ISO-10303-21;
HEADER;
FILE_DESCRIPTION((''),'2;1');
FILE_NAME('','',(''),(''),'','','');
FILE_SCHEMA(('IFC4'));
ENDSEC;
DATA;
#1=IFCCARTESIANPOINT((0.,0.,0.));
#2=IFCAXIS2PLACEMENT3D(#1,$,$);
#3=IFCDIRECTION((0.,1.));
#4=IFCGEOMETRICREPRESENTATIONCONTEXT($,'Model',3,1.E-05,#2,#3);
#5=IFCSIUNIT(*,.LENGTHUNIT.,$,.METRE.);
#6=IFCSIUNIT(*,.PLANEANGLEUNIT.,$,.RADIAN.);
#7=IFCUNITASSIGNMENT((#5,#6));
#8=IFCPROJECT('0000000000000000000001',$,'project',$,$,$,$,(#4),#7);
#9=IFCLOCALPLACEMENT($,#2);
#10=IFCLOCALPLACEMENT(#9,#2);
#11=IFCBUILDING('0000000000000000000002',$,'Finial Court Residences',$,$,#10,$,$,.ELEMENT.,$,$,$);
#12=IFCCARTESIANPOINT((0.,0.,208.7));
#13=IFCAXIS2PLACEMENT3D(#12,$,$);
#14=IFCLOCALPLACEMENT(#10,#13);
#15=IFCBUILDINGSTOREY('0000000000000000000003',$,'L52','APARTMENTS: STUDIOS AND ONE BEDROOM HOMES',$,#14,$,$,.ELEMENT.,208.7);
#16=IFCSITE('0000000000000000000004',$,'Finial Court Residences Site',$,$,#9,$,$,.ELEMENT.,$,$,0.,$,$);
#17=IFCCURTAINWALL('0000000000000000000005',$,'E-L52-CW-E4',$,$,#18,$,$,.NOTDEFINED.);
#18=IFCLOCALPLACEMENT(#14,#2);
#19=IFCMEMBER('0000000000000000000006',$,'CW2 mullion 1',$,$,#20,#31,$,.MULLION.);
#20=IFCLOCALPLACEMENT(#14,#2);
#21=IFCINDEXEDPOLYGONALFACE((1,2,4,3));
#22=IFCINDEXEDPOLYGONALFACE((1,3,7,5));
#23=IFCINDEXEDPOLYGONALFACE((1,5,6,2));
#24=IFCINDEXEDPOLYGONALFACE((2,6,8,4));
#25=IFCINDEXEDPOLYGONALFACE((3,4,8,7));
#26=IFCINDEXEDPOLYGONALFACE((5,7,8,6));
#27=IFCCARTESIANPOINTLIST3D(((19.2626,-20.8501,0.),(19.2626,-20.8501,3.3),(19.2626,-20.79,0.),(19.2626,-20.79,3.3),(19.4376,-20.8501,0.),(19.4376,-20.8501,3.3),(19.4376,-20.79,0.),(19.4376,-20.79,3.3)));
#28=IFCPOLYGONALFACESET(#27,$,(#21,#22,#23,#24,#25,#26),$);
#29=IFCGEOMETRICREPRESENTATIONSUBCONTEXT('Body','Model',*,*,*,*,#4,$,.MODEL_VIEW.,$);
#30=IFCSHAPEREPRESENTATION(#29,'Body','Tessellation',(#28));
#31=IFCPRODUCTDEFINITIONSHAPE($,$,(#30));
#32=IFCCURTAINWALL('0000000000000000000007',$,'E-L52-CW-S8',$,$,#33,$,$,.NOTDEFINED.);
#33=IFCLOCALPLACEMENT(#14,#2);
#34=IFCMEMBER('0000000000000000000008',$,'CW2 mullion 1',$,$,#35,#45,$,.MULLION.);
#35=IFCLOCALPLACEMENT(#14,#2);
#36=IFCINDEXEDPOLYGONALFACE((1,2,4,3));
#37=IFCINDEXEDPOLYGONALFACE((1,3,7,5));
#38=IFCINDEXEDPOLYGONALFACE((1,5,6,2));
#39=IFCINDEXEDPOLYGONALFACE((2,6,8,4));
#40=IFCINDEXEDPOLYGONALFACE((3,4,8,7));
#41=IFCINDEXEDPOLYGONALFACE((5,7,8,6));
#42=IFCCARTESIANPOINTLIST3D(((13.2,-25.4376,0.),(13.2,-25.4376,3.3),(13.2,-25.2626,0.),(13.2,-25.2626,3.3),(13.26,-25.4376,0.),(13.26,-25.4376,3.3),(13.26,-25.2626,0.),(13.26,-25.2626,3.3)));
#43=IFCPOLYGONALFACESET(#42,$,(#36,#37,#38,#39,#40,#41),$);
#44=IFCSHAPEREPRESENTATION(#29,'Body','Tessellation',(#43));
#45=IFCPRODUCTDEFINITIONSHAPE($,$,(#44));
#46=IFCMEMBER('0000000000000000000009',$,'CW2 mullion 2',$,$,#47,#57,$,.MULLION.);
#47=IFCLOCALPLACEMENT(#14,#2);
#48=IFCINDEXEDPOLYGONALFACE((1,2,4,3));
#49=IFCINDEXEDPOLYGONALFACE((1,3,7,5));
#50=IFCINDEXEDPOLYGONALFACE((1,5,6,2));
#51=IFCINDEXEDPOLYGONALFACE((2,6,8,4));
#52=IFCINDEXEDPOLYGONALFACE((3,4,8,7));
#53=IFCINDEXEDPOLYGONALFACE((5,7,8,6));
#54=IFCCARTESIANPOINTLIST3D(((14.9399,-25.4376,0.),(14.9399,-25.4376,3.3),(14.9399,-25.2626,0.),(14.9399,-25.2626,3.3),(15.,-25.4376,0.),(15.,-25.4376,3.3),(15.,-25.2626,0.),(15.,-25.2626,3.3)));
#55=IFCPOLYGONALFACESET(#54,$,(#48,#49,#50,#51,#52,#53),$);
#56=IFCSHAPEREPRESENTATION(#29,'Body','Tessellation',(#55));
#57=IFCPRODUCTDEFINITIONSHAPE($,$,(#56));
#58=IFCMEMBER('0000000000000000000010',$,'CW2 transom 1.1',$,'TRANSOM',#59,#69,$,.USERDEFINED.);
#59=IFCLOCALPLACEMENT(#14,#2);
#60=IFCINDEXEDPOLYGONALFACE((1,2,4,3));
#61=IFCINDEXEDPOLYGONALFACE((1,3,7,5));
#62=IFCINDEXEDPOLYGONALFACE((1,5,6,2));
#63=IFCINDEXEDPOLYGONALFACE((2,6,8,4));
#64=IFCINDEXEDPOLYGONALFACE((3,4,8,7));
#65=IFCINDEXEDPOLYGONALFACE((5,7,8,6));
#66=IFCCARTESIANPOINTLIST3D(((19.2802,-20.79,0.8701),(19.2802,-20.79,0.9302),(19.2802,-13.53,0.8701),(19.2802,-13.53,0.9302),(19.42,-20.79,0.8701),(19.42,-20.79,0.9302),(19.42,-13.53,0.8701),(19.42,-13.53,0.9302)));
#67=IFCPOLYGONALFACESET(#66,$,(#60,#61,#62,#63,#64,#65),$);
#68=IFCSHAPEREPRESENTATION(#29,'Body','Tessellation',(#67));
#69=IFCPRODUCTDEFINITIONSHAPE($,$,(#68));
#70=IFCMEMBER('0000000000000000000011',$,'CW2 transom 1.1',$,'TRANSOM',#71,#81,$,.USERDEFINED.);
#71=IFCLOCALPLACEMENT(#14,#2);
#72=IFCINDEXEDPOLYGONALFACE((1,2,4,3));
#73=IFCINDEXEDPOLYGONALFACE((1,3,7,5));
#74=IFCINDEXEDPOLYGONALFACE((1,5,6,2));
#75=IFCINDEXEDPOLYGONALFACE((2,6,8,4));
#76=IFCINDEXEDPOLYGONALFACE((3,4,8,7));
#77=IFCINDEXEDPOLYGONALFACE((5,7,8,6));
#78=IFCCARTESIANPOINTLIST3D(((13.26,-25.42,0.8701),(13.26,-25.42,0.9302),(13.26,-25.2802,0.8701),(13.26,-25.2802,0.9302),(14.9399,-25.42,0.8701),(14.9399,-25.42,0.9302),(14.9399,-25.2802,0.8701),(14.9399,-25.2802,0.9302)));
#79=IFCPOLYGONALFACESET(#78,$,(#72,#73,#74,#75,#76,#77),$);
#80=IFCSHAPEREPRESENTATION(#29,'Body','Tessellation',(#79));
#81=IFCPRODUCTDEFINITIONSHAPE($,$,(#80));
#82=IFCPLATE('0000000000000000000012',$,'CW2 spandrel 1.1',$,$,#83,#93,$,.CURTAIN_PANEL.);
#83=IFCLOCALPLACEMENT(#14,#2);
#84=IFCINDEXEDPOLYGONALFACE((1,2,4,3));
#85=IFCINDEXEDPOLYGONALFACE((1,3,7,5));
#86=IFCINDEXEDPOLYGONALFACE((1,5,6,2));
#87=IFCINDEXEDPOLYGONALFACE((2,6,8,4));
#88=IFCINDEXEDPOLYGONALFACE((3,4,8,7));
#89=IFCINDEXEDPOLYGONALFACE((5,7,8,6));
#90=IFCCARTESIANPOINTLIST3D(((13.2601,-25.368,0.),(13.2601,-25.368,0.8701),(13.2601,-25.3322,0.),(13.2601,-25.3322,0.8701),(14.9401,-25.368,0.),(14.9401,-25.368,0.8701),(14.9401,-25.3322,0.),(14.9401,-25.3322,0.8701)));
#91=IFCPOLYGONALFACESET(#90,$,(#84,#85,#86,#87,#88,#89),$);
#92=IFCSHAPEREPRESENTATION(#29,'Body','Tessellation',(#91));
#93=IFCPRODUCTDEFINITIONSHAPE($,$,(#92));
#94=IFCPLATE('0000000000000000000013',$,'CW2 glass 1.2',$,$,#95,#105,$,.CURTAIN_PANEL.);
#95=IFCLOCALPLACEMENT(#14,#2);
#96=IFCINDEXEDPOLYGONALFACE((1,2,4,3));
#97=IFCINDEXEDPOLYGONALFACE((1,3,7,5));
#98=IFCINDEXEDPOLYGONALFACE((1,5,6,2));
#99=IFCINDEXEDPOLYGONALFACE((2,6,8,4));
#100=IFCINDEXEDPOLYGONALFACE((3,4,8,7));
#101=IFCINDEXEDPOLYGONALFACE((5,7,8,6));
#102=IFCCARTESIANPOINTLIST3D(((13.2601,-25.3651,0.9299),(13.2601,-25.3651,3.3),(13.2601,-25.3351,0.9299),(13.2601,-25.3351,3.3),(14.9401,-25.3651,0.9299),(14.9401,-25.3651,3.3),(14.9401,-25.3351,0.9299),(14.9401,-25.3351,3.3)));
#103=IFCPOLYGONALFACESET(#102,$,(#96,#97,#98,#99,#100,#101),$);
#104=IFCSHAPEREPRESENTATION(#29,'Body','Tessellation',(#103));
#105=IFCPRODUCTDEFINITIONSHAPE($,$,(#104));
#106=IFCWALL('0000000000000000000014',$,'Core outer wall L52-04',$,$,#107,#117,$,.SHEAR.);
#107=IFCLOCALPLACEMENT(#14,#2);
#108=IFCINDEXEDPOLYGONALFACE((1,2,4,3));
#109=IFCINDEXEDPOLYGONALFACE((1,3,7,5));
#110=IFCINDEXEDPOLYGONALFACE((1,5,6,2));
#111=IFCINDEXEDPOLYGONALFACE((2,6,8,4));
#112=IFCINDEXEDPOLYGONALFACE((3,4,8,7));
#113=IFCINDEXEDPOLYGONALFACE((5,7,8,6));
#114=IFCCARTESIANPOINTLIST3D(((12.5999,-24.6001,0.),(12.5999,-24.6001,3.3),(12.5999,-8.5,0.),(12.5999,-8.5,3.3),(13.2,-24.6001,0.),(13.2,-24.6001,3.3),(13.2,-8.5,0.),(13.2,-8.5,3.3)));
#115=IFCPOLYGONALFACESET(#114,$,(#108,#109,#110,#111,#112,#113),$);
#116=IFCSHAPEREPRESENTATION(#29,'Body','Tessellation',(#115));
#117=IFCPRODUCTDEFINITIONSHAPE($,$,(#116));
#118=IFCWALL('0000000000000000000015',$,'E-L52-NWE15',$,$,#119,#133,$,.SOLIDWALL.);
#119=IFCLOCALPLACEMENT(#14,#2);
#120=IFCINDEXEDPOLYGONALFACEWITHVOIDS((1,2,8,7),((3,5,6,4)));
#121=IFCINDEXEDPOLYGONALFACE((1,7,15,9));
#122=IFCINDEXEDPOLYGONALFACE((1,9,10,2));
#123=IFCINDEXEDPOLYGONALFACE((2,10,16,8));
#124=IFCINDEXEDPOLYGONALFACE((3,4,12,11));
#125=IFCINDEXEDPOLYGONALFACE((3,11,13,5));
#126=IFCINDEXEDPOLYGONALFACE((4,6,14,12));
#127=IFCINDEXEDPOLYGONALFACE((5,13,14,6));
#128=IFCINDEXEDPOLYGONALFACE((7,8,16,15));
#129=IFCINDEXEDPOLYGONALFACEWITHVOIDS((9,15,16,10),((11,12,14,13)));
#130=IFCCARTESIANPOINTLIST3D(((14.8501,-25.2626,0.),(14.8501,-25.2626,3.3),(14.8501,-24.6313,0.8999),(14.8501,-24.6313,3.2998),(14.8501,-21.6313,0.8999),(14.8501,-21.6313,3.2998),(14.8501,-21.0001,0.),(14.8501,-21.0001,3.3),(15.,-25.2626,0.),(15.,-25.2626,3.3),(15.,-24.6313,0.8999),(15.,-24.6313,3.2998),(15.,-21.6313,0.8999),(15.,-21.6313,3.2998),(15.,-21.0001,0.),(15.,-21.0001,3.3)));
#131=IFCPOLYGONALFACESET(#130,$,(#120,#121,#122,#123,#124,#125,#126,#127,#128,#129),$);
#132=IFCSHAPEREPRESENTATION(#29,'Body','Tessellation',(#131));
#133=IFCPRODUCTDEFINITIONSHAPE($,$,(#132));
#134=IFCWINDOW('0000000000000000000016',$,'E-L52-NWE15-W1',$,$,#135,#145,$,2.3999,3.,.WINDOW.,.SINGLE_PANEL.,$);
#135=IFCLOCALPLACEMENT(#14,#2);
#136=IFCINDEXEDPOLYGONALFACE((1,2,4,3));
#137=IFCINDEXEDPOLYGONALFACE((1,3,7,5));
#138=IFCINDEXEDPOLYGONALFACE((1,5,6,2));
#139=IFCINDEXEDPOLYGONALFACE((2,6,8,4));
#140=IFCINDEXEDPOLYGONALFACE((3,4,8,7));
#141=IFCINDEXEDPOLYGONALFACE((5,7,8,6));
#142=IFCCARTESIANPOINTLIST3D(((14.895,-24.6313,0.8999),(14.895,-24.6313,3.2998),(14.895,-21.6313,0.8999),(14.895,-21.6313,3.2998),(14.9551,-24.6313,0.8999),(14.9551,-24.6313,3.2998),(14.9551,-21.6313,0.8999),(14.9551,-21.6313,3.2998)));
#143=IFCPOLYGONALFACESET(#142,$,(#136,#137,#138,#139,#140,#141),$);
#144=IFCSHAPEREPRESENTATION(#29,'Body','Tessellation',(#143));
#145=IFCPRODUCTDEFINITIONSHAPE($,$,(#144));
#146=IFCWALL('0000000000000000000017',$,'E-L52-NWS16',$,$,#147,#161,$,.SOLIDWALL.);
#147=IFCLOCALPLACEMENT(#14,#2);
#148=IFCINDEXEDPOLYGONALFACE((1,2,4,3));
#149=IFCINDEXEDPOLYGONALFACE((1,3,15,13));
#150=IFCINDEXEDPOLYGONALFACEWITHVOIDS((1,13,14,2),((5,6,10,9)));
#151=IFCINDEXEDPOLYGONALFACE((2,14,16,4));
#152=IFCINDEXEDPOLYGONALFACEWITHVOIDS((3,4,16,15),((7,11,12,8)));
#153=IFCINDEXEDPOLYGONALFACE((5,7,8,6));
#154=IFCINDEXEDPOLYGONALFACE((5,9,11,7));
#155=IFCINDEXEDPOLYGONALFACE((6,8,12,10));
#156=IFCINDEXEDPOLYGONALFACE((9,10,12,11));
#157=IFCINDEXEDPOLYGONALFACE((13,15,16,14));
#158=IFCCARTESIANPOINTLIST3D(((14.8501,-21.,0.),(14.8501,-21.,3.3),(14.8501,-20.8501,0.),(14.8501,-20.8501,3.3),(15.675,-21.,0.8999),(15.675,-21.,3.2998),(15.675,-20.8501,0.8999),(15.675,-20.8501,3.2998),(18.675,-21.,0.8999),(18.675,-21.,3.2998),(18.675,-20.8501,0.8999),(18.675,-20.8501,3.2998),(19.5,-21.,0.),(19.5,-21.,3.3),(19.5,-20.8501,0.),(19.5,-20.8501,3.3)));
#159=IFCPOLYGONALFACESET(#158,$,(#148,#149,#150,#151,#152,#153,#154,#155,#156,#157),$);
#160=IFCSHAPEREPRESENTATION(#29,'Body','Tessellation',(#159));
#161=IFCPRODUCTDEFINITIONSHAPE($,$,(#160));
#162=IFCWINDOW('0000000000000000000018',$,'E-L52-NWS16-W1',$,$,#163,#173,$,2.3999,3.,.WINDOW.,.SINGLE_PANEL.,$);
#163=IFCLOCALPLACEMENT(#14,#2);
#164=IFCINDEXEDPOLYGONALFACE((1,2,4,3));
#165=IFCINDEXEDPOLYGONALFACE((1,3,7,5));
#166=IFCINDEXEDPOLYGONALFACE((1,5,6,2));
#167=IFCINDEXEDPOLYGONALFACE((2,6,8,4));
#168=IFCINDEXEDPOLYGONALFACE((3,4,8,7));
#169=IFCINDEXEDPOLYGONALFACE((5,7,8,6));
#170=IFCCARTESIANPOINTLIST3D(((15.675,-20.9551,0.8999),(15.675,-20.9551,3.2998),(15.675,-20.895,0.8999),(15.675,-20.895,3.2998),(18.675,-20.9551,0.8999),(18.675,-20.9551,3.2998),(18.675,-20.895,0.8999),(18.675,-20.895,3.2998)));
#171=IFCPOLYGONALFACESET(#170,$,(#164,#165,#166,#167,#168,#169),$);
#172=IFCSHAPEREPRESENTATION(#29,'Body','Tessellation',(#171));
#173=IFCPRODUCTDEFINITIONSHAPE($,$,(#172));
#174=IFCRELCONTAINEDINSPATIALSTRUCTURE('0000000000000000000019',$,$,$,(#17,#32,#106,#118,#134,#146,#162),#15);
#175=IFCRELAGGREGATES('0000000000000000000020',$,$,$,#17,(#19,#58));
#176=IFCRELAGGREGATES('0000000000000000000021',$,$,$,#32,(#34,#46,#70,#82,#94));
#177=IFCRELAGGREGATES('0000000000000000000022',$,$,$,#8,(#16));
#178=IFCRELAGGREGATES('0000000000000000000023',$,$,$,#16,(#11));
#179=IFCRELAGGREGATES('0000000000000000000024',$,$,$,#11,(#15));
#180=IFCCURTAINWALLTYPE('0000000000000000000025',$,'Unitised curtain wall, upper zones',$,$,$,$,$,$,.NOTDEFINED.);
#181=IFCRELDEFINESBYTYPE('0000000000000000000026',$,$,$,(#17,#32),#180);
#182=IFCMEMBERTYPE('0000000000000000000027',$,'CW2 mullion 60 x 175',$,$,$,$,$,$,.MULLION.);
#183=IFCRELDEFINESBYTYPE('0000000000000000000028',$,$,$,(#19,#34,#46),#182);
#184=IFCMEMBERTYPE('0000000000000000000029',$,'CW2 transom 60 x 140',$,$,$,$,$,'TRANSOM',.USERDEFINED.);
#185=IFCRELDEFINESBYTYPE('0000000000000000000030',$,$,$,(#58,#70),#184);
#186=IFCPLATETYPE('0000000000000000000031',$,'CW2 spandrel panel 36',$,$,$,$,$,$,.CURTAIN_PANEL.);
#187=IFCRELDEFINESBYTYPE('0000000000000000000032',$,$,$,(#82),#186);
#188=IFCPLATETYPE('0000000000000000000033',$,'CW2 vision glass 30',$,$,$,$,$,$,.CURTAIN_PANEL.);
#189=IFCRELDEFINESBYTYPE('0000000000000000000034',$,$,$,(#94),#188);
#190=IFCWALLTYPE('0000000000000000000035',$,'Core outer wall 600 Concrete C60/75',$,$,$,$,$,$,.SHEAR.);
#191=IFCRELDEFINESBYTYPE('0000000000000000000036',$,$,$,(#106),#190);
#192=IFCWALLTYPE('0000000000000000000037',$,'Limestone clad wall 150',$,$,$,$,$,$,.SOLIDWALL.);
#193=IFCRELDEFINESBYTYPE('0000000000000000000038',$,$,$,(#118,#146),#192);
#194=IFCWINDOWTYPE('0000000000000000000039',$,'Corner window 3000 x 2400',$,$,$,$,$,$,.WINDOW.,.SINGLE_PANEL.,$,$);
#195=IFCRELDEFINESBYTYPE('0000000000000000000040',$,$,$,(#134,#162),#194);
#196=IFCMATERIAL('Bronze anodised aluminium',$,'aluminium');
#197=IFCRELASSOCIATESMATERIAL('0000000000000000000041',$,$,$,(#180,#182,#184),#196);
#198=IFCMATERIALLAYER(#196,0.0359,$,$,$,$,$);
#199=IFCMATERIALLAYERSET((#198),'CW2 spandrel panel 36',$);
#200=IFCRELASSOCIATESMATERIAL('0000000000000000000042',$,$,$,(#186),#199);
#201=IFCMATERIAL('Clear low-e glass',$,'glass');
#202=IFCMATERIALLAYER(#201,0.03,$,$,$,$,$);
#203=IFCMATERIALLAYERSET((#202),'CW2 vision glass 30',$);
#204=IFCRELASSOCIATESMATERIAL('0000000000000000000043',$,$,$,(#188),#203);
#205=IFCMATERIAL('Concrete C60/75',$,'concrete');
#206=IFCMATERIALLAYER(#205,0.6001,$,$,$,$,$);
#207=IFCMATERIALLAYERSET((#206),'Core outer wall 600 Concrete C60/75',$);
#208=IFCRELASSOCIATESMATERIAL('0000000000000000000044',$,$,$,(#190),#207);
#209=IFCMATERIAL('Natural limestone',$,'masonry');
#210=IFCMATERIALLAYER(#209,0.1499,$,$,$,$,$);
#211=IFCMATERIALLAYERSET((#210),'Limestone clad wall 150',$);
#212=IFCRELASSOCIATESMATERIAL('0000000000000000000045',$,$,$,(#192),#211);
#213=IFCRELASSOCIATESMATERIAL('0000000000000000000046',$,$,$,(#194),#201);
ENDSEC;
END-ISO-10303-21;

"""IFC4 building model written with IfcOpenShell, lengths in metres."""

from ifc_helpers import new_model, si_unit, direction, frame, frame_2d, origin, origin_2d, place, context, subcontext, project, spatial, rectangle, extrude, material, layer, layer_set, material_profile, profile_set, type_object, element, fill, aggregate, save


model = new_model("IFC4")

# Units and contexts
model_context = context("Model", 3, precision=1e-05, world=origin(), true_north=direction((0.0, 1.0)))
body_context = subcontext(model_context, "Body", "Model", "MODEL_VIEW")
ifc_project = project(units=[si_unit("LENGTHUNIT", "METRE"), si_unit("PLANEANGLEUNIT", "RADIAN")], contexts=[model_context])

# Site, building, storey
site_placement = place(None, origin())
site = spatial("IfcSite", under=ifc_project, at=site_placement, Name="Finial Court Residences Site", CompositionType="ELEMENT", RefElevation=0.0)
building_placement = place(site_placement, origin())
building = spatial("IfcBuilding", under=site, at=building_placement, Name="Finial Court Residences", CompositionType="ELEMENT")
storey_placement = place(building_placement, frame((0.0, 0.0, 208.7)))
storey = spatial("IfcBuildingStorey", under=building, at=storey_placement, Name="L52", Description="APARTMENTS: STUDIOS AND ONE BEDROOM HOMES", CompositionType="ELEMENT", Elevation=208.7)

# Curtain wall, member
ifc_material_1 = material(Name="Bronze anodised aluminium", Category="aluminium")
curtain_wall_type = type_object("IfcCurtainWallType", Name="Unitised curtain wall, upper zones", PredefinedType="NOTDEFINED", material=ifc_material_1)
curtain_wall_1_placement = place(storey_placement, origin())
curtain_wall_1 = element("IfcCurtainWall", 1, at=curtain_wall_1_placement, inside=storey, type_object=curtain_wall_type, Name="E-L52-CW-E4", PredefinedType="NOTDEFINED")
ifc_material_profile_1 = material_profile(ifc_material_1, rectangle(XDim=0.175, YDim=0.0601, at=origin_2d()), Name="CW2 mullion 60 x 175")
ifc_profile_set_1 = profile_set([ifc_material_profile_1], Name="Bronze anodised aluminium")
member_type_1 = type_object("IfcMemberType", Name="CW2 mullion 60 x 175", PredefinedType="MULLION", material=ifc_profile_set_1)
member_1_placement = place(storey_placement, frame((19.3501, -20.8201, 0.0), z_axis=(0.0, 0.0, 1.0), x_axis=(-1.0, 0.0, 0.0)))
member_1 = element("IfcMember", 2, at=member_1_placement, type_object=member_type_1, Name="CW2 mullion 1", PredefinedType="MULLION", context=body_context, shape_type="SweptSolid", body=[
    extrude(rectangle(XDim=0.175, YDim=0.0601, at=origin_2d()), origin(), (0.0, 0.0, 1.0), 3.3),
])

# Curtain wall, members
curtain_wall_2_placement = place(storey_placement, origin())
curtain_wall_2 = element("IfcCurtainWall", 3, at=curtain_wall_2_placement, inside=storey, type_object=curtain_wall_type, Name="E-L52-CW-S8", PredefinedType="NOTDEFINED")
member_2_placement = place(storey_placement, frame((13.23, -25.3501, 0.0), z_axis=(0.0, 0.0, 1.0), x_axis=(0.0, 1.0, 0.0)))
member_2 = element("IfcMember", 4, at=member_2_placement, type_object=member_type_1, Name="CW2 mullion 1", PredefinedType="MULLION", context=body_context, shape_type="SweptSolid", body=[
    extrude(rectangle(XDim=0.175, YDim=0.0601, at=origin_2d()), origin(), (0.0, 0.0, 1.0), 3.3),
])
member_3_placement = place(storey_placement, frame((14.97, -25.3501, 0.0), z_axis=(0.0, 0.0, 1.0), x_axis=(0.0, 1.0, 0.0)))
member_3 = element("IfcMember", 5, at=member_3_placement, type_object=member_type_1, Name="CW2 mullion 2", PredefinedType="MULLION", context=body_context, shape_type="SweptSolid", body=[
    extrude(rectangle(XDim=0.175, YDim=0.0601, at=origin_2d()), origin(), (0.0, 0.0, 1.0), 3.3),
])

# Members
ifc_material_profile_2 = material_profile(ifc_material_1, rectangle(XDim=0.1399, YDim=0.0601, at=origin_2d()), Name="CW2 transom 60 x 140")
ifc_profile_set_2 = profile_set([ifc_material_profile_2], Name="Bronze anodised aluminium")
member_type_2 = type_object("IfcMemberType", Name="CW2 transom 60 x 140", ElementType="TRANSOM", PredefinedType="USERDEFINED", material=ifc_profile_set_2)
member_4_placement = place(storey_placement, frame((19.3501, -20.79, 0.9001), z_axis=(0.0, 1.0, 0.0), x_axis=(-1.0, 0.0, 0.0)))
member_4 = element("IfcMember", 6, at=member_4_placement, type_object=member_type_2, Name="CW2 transom 1.1", ObjectType="TRANSOM", PredefinedType="USERDEFINED", context=body_context, shape_type="SweptSolid", body=[
    extrude(rectangle(XDim=0.1399, YDim=0.0601, at=origin_2d()), origin(), (0.0, 0.0, 1.0), 7.26),
])
aggregate(curtain_wall_1, [member_1, member_4])
member_5_placement = place(storey_placement, frame((13.26, -25.3501, 0.9001), z_axis=(1.0, 0.0, 0.0), x_axis=(0.0, 1.0, 0.0)))
member_5 = element("IfcMember", 7, at=member_5_placement, type_object=member_type_2, Name="CW2 transom 1.1", ObjectType="TRANSOM", PredefinedType="USERDEFINED", context=body_context, shape_type="SweptSolid", body=[
    extrude(rectangle(XDim=0.1399, YDim=0.0601, at=origin_2d()), origin(), (0.0, 0.0, 1.0), 1.6799),
])

# Plates
ifc_layer_1 = layer(ifc_material_1, 0.0359)
ifc_layer_set_1 = layer_set([ifc_layer_1], Name="CW2 spandrel panel 36")
plate_type_1 = type_object("IfcPlateType", Name="CW2 spandrel panel 36", PredefinedType="CURTAIN_PANEL", material=ifc_layer_set_1)
plate_1_placement = place(storey_placement, frame((14.1001, -25.3501, 0.0), z_axis=(0.0, 0.0, 1.0), x_axis=(1.0, 0.0, 0.0)))
plate_1 = element("IfcPlate", 8, at=plate_1_placement, type_object=plate_type_1, Name="CW2 spandrel 1.1", PredefinedType="CURTAIN_PANEL", context=body_context, shape_type="SweptSolid", body=[
    extrude(rectangle(XDim=1.6799, YDim=0.0359, at=origin_2d()), origin(), (0.0, 0.0, 1.0), 0.8701),
])
ifc_material_2 = material(Name="Clear low-e glass", Category="glass")
ifc_layer_2 = layer(ifc_material_2, 0.03)
ifc_layer_set_2 = layer_set([ifc_layer_2], Name="CW2 vision glass 30")
plate_type_2 = type_object("IfcPlateType", Name="CW2 vision glass 30", PredefinedType="CURTAIN_PANEL", material=ifc_layer_set_2)
plate_2_placement = place(storey_placement, frame((14.1001, -25.3501, 0.9299), z_axis=(0.0, 0.0, 1.0), x_axis=(1.0, 0.0, 0.0)))
plate_2 = element("IfcPlate", 9, at=plate_2_placement, type_object=plate_type_2, Name="CW2 glass 1.2", PredefinedType="CURTAIN_PANEL", context=body_context, shape_type="SweptSolid", body=[
    extrude(rectangle(XDim=1.6799, YDim=0.03, at=origin_2d()), origin(), (0.0, 0.0, 1.0), 2.3701),
])
aggregate(curtain_wall_2, [member_2, member_3, member_5, plate_1, plate_2])

# Wall
ifc_material_3 = material(Name="Concrete C60/75", Category="concrete")
ifc_layer_3 = layer(ifc_material_3, 0.6001)
ifc_layer_set_3 = layer_set([ifc_layer_3], Name="Core outer wall 600 Concrete C60/75")
wall_type_1 = type_object("IfcWallType", Name="Core outer wall 600 Concrete C60/75", PredefinedType="SHEAR", material=ifc_layer_set_3)
wall_1_placement = place(storey_placement, frame((12.8999, -24.6001, 0.0), z_axis=(0.0, 0.0, 1.0), x_axis=(0.0, 1.0, 0.0)))
element("IfcWall", 10, at=wall_1_placement, inside=storey, type_object=wall_type_1, Name="Core outer wall L52-04", PredefinedType="SHEAR", context=body_context, shape_type="SweptSolid", body=[
    extrude(rectangle(XDim=16.1001, YDim=0.6001, at=frame_2d((8.05, 0.0))), origin(), (0.0, 0.0, 1.0), 3.3),
])

# Walls, openings, windows
ifc_material_4 = material(Name="Natural limestone", Category="masonry")
ifc_layer_4 = layer(ifc_material_4, 0.1499)
ifc_layer_set_4 = layer_set([ifc_layer_4], Name="Limestone clad wall 150")
wall_type_2 = type_object("IfcWallType", Name="Limestone clad wall 150", PredefinedType="SOLIDWALL", material=ifc_layer_set_4)
wall_2_placement = place(storey_placement, frame((14.925, -21.0, 0.0), z_axis=(0.0, 0.0, 1.0), x_axis=(0.0, -1.0, 0.0)))
wall_2 = element("IfcWall", 11, at=wall_2_placement, inside=storey, type_object=wall_type_2, Name="E-L52-NWE15", PredefinedType="SOLIDWALL", context=body_context, shape_type="SweptSolid", body=[
    extrude(rectangle(XDim=4.2625, YDim=0.1499, at=frame_2d((2.1313, 0.0))), origin(), (0.0, 0.0, 1.0), 3.3),
])
opening_1_placement = place(wall_2_placement, frame((0.6313, 0.0, 0.8999)))
opening_1 = element("IfcOpeningElement", 12, at=opening_1_placement, cuts=wall_2, PredefinedType="OPENING", context=body_context, shape_type="SweptSolid", body=[
    extrude(rectangle(XDim=3.0, YDim=2.3999, at=frame_2d((1.5, 1.2))), frame((0.0, 0.085, 0.0), z_axis=(0.0, -1.0, 0.0), x_axis=(1.0, 0.0, 0.0)), (0.0, 0.0, 1.0), 0.1699),
])
window_type = type_object("IfcWindowType", Name="Corner window 3000 x 2400", PartitioningType="SINGLE_PANEL", PredefinedType="WINDOW", material=ifc_material_2)
window_1_placement = place(opening_1_placement, origin())
window_1 = element("IfcWindow", 13, at=window_1_placement, inside=storey, type_object=window_type, Name="E-L52-NWE15-W1", OverallHeight=2.3999, OverallWidth=3.0, PartitioningType="SINGLE_PANEL", PredefinedType="WINDOW", context=body_context, shape_type="SweptSolid", body=[
    extrude(rectangle(XDim=3.0, YDim=2.3999, at=frame_2d((1.5, 1.2))), frame((0.0, 0.03, 0.0), z_axis=(0.0, -1.0, 0.0), x_axis=(1.0, 0.0, 0.0)), (0.0, 0.0, 1.0), 0.0601),
])
fill(opening_1, window_1)
wall_3_placement = place(storey_placement, frame((19.5, -20.925, 0.0), z_axis=(0.0, 0.0, 1.0), x_axis=(-1.0, 0.0, 0.0)))
wall_3 = element("IfcWall", 14, at=wall_3_placement, inside=storey, type_object=wall_type_2, Name="E-L52-NWS16", PredefinedType="SOLIDWALL", context=body_context, shape_type="SweptSolid", body=[
    extrude(rectangle(XDim=4.6499, YDim=0.1499, at=frame_2d((2.325, 0.0))), origin(), (0.0, 0.0, 1.0), 3.3),
])
opening_2_placement = place(wall_3_placement, frame((0.825, 0.0, 0.8999)))
opening_2 = element("IfcOpeningElement", 15, at=opening_2_placement, cuts=wall_3, PredefinedType="OPENING", context=body_context, shape_type="SweptSolid", body=[
    extrude(rectangle(XDim=3.0, YDim=2.3999, at=frame_2d((1.5, 1.2))), frame((0.0, 0.085, 0.0), z_axis=(0.0, -1.0, 0.0), x_axis=(1.0, 0.0, 0.0)), (0.0, 0.0, 1.0), 0.1699),
])
window_2_placement = place(opening_2_placement, origin())
window_2 = element("IfcWindow", 16, at=window_2_placement, inside=storey, type_object=window_type, Name="E-L52-NWS16-W1", OverallHeight=2.3999, OverallWidth=3.0, PartitioningType="SINGLE_PANEL", PredefinedType="WINDOW", context=body_context, shape_type="SweptSolid", body=[
    extrude(rectangle(XDim=3.0, YDim=2.3999, at=frame_2d((1.5, 1.2))), frame((0.0, 0.03, 0.0), z_axis=(0.0, -1.0, 0.0), x_axis=(1.0, 0.0, 0.0)), (0.0, 0.0, 1.0), 0.0601),
])
fill(opening_2, window_2)

save(model, "model.ifc")
